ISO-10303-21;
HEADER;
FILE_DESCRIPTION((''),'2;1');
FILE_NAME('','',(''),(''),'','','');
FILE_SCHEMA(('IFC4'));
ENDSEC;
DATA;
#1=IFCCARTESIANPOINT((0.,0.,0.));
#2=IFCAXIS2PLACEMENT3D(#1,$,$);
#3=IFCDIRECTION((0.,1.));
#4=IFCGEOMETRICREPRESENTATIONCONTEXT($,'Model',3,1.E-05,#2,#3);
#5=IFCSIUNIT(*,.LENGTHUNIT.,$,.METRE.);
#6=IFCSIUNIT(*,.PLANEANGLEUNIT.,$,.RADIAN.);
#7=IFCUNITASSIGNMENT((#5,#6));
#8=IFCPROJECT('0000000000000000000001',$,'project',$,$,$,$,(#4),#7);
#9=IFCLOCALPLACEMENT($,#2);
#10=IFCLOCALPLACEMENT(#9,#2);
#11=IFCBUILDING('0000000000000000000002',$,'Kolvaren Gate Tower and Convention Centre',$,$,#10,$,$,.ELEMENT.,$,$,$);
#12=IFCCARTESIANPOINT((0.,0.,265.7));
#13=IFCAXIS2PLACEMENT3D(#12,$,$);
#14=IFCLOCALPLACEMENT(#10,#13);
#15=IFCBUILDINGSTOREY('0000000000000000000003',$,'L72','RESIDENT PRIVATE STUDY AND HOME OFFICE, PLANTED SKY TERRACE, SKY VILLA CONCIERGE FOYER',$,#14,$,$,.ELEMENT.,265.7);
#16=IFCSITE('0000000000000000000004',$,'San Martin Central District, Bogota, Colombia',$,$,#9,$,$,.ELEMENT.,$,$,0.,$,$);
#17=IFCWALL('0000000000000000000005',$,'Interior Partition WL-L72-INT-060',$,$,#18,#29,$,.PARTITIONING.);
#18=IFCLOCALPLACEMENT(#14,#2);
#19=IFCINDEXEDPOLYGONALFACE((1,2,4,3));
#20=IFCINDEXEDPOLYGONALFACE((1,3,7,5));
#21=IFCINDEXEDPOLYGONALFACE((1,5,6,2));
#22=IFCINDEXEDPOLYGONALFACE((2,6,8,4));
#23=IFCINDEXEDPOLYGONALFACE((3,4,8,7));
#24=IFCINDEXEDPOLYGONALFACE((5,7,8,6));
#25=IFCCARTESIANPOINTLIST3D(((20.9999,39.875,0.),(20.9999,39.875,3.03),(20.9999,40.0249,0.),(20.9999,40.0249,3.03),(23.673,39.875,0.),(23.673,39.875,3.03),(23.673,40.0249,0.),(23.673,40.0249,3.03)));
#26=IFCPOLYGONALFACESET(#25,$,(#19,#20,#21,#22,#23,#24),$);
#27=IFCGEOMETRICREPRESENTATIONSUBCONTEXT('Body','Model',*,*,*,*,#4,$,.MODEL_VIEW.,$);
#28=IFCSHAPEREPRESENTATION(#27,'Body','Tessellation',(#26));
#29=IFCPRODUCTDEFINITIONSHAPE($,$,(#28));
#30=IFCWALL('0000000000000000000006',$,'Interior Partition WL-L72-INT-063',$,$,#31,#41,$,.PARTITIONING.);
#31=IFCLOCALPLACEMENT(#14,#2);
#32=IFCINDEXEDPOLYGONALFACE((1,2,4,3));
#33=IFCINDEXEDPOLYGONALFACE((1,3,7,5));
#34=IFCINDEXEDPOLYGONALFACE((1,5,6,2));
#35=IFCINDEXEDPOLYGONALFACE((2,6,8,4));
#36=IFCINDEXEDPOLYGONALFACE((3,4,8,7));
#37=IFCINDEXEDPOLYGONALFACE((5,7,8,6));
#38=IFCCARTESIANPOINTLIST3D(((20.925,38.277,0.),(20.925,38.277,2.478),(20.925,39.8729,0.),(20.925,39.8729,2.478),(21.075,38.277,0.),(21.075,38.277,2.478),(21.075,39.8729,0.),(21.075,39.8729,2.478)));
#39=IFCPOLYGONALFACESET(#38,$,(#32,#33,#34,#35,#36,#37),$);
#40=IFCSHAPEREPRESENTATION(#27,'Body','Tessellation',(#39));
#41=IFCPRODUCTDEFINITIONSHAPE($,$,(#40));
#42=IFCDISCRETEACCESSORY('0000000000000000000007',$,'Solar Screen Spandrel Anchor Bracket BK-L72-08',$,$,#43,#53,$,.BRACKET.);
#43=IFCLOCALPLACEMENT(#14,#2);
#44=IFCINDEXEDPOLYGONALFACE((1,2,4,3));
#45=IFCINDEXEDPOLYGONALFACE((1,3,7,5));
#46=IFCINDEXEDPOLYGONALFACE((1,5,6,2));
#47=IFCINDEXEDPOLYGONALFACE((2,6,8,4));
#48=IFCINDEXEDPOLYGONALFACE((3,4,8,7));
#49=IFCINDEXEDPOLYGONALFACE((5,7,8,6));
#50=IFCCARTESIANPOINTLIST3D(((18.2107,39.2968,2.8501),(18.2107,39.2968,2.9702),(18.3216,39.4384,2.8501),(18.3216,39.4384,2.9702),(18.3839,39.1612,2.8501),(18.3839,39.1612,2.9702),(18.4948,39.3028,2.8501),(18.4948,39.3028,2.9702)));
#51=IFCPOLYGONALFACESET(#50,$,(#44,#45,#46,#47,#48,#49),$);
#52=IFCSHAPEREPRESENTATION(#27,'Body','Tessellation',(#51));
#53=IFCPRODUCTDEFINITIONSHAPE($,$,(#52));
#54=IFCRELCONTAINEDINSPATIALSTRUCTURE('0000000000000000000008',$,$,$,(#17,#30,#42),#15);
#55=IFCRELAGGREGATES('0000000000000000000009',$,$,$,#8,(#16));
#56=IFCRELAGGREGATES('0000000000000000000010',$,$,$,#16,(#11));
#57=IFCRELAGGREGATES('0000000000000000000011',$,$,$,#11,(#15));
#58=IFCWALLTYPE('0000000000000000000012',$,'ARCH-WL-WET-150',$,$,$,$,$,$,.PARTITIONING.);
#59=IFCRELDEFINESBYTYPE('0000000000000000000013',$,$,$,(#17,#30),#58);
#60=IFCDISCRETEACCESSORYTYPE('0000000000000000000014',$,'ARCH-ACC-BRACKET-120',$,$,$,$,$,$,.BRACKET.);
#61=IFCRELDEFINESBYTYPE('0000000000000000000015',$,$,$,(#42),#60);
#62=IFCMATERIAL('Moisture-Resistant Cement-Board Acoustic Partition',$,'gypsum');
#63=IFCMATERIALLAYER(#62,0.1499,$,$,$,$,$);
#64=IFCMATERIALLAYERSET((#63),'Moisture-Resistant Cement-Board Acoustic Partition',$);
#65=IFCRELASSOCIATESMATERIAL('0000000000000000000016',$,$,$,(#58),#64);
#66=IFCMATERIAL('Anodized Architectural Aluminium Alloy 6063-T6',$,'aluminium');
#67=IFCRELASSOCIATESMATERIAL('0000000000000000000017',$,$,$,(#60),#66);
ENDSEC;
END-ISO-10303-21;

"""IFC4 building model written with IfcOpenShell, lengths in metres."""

from ifc_helpers import new_model, si_unit, direction, frame, frame_2d, origin, origin_2d, place, context, subcontext, project, spatial, rectangle, extrude, material, layer, layer_set, type_object, element, save


model = new_model("IFC4")

# Units and contexts
model_context = context("Model", 3, precision=1e-05, world=origin(), true_north=direction((0.0, 1.0)))
body_context = subcontext(model_context, "Body", "Model", "MODEL_VIEW")
ifc_project = project(units=[si_unit("LENGTHUNIT", "METRE"), si_unit("PLANEANGLEUNIT", "RADIAN")], contexts=[model_context])

# Site, building, storey
site_placement = place(None, origin())
site = spatial("IfcSite", under=ifc_project, at=site_placement, Name="San Martin Central District, Bogota, Colombia", CompositionType="ELEMENT", RefElevation=0.0)
building_placement = place(site_placement, origin())
building = spatial("IfcBuilding", under=site, at=building_placement, Name="Kolvaren Gate Tower and Convention Centre", CompositionType="ELEMENT")
storey_placement = place(building_placement, frame((0.0, 0.0, 265.7)))
storey = spatial("IfcBuildingStorey", under=building, at=storey_placement, Name="L72", Description="RESIDENT PRIVATE STUDY AND HOME OFFICE, PLANTED SKY TERRACE, SKY VILLA CONCIERGE FOYER", CompositionType="ELEMENT", Elevation=265.7)

# Shared definitions
ifc_material_1 = material(Name="Anodized Architectural Aluminium Alloy 6063-T6", Category="aluminium")

# Walls
ifc_material_2 = material(Name="Moisture-Resistant Cement-Board Acoustic Partition", Category="gypsum")
ifc_layer_1 = layer(ifc_material_2, 0.1499)
ifc_layer_set_1 = layer_set([ifc_layer_1], Name="Moisture-Resistant Cement-Board Acoustic Partition")
wall_type_1 = type_object("IfcWallType", Name="ARCH-WL-WET-150", PredefinedType="PARTITIONING", material=ifc_layer_set_1)
wall_1_placement = place(storey_placement, frame((21.0, 39.95, 0.0), z_axis=(0.0, 0.0, 1.0), x_axis=(1.0, 0.0, 0.0)))
element("IfcWall", 1, at=wall_1_placement, inside=storey, type_object=wall_type_1, Name="Interior Partition WL-L72-INT-060", PredefinedType="PARTITIONING", context=body_context, shape_type="SweptSolid", body=[
    extrude(rectangle(XDim=2.6731, YDim=0.1499, at=frame_2d((1.3364, 0.0))), origin(), (0.0, 0.0, 1.0), 3.03),
])
wall_2_placement = place(storey_placement, frame((21.0, 38.2771, 0.0), z_axis=(0.0, 0.0, 1.0), x_axis=(0.0, 1.0, 0.0)))
element("IfcWall", 2, at=wall_2_placement, inside=storey, type_object=wall_type_1, Name="Interior Partition WL-L72-INT-063", PredefinedType="PARTITIONING", context=body_context, shape_type="SweptSolid", body=[
    extrude(rectangle(XDim=1.5959, YDim=0.1499, at=frame_2d((0.7979, 0.0))), origin(), (0.0, 0.0, 1.0), 2.478),
])

# Discrete accessory
discrete_accessory_type = type_object("IfcDiscreteAccessoryType", Name="ARCH-ACC-BRACKET-120", PredefinedType="BRACKET", material=ifc_material_1)
discrete_accessory_placement = place(storey_placement, frame((18.3528, 39.2998, 2.8501), z_axis=(0.0, 0.0, 1.0), x_axis=(0.61643, 0.78741, 0.0)))
element("IfcDiscreteAccessory", 3, at=discrete_accessory_placement, inside=storey, type_object=discrete_accessory_type, Name="Solar Screen Spandrel Anchor Bracket BK-L72-08", PredefinedType="BRACKET", context=body_context, shape_type="SweptSolid", body=[
    extrude(rectangle(XDim=0.1799, YDim=0.22, at=origin_2d()), origin(), (0.0, 0.0, 1.0), 0.1201),
])

save(model, "model.ifc")
